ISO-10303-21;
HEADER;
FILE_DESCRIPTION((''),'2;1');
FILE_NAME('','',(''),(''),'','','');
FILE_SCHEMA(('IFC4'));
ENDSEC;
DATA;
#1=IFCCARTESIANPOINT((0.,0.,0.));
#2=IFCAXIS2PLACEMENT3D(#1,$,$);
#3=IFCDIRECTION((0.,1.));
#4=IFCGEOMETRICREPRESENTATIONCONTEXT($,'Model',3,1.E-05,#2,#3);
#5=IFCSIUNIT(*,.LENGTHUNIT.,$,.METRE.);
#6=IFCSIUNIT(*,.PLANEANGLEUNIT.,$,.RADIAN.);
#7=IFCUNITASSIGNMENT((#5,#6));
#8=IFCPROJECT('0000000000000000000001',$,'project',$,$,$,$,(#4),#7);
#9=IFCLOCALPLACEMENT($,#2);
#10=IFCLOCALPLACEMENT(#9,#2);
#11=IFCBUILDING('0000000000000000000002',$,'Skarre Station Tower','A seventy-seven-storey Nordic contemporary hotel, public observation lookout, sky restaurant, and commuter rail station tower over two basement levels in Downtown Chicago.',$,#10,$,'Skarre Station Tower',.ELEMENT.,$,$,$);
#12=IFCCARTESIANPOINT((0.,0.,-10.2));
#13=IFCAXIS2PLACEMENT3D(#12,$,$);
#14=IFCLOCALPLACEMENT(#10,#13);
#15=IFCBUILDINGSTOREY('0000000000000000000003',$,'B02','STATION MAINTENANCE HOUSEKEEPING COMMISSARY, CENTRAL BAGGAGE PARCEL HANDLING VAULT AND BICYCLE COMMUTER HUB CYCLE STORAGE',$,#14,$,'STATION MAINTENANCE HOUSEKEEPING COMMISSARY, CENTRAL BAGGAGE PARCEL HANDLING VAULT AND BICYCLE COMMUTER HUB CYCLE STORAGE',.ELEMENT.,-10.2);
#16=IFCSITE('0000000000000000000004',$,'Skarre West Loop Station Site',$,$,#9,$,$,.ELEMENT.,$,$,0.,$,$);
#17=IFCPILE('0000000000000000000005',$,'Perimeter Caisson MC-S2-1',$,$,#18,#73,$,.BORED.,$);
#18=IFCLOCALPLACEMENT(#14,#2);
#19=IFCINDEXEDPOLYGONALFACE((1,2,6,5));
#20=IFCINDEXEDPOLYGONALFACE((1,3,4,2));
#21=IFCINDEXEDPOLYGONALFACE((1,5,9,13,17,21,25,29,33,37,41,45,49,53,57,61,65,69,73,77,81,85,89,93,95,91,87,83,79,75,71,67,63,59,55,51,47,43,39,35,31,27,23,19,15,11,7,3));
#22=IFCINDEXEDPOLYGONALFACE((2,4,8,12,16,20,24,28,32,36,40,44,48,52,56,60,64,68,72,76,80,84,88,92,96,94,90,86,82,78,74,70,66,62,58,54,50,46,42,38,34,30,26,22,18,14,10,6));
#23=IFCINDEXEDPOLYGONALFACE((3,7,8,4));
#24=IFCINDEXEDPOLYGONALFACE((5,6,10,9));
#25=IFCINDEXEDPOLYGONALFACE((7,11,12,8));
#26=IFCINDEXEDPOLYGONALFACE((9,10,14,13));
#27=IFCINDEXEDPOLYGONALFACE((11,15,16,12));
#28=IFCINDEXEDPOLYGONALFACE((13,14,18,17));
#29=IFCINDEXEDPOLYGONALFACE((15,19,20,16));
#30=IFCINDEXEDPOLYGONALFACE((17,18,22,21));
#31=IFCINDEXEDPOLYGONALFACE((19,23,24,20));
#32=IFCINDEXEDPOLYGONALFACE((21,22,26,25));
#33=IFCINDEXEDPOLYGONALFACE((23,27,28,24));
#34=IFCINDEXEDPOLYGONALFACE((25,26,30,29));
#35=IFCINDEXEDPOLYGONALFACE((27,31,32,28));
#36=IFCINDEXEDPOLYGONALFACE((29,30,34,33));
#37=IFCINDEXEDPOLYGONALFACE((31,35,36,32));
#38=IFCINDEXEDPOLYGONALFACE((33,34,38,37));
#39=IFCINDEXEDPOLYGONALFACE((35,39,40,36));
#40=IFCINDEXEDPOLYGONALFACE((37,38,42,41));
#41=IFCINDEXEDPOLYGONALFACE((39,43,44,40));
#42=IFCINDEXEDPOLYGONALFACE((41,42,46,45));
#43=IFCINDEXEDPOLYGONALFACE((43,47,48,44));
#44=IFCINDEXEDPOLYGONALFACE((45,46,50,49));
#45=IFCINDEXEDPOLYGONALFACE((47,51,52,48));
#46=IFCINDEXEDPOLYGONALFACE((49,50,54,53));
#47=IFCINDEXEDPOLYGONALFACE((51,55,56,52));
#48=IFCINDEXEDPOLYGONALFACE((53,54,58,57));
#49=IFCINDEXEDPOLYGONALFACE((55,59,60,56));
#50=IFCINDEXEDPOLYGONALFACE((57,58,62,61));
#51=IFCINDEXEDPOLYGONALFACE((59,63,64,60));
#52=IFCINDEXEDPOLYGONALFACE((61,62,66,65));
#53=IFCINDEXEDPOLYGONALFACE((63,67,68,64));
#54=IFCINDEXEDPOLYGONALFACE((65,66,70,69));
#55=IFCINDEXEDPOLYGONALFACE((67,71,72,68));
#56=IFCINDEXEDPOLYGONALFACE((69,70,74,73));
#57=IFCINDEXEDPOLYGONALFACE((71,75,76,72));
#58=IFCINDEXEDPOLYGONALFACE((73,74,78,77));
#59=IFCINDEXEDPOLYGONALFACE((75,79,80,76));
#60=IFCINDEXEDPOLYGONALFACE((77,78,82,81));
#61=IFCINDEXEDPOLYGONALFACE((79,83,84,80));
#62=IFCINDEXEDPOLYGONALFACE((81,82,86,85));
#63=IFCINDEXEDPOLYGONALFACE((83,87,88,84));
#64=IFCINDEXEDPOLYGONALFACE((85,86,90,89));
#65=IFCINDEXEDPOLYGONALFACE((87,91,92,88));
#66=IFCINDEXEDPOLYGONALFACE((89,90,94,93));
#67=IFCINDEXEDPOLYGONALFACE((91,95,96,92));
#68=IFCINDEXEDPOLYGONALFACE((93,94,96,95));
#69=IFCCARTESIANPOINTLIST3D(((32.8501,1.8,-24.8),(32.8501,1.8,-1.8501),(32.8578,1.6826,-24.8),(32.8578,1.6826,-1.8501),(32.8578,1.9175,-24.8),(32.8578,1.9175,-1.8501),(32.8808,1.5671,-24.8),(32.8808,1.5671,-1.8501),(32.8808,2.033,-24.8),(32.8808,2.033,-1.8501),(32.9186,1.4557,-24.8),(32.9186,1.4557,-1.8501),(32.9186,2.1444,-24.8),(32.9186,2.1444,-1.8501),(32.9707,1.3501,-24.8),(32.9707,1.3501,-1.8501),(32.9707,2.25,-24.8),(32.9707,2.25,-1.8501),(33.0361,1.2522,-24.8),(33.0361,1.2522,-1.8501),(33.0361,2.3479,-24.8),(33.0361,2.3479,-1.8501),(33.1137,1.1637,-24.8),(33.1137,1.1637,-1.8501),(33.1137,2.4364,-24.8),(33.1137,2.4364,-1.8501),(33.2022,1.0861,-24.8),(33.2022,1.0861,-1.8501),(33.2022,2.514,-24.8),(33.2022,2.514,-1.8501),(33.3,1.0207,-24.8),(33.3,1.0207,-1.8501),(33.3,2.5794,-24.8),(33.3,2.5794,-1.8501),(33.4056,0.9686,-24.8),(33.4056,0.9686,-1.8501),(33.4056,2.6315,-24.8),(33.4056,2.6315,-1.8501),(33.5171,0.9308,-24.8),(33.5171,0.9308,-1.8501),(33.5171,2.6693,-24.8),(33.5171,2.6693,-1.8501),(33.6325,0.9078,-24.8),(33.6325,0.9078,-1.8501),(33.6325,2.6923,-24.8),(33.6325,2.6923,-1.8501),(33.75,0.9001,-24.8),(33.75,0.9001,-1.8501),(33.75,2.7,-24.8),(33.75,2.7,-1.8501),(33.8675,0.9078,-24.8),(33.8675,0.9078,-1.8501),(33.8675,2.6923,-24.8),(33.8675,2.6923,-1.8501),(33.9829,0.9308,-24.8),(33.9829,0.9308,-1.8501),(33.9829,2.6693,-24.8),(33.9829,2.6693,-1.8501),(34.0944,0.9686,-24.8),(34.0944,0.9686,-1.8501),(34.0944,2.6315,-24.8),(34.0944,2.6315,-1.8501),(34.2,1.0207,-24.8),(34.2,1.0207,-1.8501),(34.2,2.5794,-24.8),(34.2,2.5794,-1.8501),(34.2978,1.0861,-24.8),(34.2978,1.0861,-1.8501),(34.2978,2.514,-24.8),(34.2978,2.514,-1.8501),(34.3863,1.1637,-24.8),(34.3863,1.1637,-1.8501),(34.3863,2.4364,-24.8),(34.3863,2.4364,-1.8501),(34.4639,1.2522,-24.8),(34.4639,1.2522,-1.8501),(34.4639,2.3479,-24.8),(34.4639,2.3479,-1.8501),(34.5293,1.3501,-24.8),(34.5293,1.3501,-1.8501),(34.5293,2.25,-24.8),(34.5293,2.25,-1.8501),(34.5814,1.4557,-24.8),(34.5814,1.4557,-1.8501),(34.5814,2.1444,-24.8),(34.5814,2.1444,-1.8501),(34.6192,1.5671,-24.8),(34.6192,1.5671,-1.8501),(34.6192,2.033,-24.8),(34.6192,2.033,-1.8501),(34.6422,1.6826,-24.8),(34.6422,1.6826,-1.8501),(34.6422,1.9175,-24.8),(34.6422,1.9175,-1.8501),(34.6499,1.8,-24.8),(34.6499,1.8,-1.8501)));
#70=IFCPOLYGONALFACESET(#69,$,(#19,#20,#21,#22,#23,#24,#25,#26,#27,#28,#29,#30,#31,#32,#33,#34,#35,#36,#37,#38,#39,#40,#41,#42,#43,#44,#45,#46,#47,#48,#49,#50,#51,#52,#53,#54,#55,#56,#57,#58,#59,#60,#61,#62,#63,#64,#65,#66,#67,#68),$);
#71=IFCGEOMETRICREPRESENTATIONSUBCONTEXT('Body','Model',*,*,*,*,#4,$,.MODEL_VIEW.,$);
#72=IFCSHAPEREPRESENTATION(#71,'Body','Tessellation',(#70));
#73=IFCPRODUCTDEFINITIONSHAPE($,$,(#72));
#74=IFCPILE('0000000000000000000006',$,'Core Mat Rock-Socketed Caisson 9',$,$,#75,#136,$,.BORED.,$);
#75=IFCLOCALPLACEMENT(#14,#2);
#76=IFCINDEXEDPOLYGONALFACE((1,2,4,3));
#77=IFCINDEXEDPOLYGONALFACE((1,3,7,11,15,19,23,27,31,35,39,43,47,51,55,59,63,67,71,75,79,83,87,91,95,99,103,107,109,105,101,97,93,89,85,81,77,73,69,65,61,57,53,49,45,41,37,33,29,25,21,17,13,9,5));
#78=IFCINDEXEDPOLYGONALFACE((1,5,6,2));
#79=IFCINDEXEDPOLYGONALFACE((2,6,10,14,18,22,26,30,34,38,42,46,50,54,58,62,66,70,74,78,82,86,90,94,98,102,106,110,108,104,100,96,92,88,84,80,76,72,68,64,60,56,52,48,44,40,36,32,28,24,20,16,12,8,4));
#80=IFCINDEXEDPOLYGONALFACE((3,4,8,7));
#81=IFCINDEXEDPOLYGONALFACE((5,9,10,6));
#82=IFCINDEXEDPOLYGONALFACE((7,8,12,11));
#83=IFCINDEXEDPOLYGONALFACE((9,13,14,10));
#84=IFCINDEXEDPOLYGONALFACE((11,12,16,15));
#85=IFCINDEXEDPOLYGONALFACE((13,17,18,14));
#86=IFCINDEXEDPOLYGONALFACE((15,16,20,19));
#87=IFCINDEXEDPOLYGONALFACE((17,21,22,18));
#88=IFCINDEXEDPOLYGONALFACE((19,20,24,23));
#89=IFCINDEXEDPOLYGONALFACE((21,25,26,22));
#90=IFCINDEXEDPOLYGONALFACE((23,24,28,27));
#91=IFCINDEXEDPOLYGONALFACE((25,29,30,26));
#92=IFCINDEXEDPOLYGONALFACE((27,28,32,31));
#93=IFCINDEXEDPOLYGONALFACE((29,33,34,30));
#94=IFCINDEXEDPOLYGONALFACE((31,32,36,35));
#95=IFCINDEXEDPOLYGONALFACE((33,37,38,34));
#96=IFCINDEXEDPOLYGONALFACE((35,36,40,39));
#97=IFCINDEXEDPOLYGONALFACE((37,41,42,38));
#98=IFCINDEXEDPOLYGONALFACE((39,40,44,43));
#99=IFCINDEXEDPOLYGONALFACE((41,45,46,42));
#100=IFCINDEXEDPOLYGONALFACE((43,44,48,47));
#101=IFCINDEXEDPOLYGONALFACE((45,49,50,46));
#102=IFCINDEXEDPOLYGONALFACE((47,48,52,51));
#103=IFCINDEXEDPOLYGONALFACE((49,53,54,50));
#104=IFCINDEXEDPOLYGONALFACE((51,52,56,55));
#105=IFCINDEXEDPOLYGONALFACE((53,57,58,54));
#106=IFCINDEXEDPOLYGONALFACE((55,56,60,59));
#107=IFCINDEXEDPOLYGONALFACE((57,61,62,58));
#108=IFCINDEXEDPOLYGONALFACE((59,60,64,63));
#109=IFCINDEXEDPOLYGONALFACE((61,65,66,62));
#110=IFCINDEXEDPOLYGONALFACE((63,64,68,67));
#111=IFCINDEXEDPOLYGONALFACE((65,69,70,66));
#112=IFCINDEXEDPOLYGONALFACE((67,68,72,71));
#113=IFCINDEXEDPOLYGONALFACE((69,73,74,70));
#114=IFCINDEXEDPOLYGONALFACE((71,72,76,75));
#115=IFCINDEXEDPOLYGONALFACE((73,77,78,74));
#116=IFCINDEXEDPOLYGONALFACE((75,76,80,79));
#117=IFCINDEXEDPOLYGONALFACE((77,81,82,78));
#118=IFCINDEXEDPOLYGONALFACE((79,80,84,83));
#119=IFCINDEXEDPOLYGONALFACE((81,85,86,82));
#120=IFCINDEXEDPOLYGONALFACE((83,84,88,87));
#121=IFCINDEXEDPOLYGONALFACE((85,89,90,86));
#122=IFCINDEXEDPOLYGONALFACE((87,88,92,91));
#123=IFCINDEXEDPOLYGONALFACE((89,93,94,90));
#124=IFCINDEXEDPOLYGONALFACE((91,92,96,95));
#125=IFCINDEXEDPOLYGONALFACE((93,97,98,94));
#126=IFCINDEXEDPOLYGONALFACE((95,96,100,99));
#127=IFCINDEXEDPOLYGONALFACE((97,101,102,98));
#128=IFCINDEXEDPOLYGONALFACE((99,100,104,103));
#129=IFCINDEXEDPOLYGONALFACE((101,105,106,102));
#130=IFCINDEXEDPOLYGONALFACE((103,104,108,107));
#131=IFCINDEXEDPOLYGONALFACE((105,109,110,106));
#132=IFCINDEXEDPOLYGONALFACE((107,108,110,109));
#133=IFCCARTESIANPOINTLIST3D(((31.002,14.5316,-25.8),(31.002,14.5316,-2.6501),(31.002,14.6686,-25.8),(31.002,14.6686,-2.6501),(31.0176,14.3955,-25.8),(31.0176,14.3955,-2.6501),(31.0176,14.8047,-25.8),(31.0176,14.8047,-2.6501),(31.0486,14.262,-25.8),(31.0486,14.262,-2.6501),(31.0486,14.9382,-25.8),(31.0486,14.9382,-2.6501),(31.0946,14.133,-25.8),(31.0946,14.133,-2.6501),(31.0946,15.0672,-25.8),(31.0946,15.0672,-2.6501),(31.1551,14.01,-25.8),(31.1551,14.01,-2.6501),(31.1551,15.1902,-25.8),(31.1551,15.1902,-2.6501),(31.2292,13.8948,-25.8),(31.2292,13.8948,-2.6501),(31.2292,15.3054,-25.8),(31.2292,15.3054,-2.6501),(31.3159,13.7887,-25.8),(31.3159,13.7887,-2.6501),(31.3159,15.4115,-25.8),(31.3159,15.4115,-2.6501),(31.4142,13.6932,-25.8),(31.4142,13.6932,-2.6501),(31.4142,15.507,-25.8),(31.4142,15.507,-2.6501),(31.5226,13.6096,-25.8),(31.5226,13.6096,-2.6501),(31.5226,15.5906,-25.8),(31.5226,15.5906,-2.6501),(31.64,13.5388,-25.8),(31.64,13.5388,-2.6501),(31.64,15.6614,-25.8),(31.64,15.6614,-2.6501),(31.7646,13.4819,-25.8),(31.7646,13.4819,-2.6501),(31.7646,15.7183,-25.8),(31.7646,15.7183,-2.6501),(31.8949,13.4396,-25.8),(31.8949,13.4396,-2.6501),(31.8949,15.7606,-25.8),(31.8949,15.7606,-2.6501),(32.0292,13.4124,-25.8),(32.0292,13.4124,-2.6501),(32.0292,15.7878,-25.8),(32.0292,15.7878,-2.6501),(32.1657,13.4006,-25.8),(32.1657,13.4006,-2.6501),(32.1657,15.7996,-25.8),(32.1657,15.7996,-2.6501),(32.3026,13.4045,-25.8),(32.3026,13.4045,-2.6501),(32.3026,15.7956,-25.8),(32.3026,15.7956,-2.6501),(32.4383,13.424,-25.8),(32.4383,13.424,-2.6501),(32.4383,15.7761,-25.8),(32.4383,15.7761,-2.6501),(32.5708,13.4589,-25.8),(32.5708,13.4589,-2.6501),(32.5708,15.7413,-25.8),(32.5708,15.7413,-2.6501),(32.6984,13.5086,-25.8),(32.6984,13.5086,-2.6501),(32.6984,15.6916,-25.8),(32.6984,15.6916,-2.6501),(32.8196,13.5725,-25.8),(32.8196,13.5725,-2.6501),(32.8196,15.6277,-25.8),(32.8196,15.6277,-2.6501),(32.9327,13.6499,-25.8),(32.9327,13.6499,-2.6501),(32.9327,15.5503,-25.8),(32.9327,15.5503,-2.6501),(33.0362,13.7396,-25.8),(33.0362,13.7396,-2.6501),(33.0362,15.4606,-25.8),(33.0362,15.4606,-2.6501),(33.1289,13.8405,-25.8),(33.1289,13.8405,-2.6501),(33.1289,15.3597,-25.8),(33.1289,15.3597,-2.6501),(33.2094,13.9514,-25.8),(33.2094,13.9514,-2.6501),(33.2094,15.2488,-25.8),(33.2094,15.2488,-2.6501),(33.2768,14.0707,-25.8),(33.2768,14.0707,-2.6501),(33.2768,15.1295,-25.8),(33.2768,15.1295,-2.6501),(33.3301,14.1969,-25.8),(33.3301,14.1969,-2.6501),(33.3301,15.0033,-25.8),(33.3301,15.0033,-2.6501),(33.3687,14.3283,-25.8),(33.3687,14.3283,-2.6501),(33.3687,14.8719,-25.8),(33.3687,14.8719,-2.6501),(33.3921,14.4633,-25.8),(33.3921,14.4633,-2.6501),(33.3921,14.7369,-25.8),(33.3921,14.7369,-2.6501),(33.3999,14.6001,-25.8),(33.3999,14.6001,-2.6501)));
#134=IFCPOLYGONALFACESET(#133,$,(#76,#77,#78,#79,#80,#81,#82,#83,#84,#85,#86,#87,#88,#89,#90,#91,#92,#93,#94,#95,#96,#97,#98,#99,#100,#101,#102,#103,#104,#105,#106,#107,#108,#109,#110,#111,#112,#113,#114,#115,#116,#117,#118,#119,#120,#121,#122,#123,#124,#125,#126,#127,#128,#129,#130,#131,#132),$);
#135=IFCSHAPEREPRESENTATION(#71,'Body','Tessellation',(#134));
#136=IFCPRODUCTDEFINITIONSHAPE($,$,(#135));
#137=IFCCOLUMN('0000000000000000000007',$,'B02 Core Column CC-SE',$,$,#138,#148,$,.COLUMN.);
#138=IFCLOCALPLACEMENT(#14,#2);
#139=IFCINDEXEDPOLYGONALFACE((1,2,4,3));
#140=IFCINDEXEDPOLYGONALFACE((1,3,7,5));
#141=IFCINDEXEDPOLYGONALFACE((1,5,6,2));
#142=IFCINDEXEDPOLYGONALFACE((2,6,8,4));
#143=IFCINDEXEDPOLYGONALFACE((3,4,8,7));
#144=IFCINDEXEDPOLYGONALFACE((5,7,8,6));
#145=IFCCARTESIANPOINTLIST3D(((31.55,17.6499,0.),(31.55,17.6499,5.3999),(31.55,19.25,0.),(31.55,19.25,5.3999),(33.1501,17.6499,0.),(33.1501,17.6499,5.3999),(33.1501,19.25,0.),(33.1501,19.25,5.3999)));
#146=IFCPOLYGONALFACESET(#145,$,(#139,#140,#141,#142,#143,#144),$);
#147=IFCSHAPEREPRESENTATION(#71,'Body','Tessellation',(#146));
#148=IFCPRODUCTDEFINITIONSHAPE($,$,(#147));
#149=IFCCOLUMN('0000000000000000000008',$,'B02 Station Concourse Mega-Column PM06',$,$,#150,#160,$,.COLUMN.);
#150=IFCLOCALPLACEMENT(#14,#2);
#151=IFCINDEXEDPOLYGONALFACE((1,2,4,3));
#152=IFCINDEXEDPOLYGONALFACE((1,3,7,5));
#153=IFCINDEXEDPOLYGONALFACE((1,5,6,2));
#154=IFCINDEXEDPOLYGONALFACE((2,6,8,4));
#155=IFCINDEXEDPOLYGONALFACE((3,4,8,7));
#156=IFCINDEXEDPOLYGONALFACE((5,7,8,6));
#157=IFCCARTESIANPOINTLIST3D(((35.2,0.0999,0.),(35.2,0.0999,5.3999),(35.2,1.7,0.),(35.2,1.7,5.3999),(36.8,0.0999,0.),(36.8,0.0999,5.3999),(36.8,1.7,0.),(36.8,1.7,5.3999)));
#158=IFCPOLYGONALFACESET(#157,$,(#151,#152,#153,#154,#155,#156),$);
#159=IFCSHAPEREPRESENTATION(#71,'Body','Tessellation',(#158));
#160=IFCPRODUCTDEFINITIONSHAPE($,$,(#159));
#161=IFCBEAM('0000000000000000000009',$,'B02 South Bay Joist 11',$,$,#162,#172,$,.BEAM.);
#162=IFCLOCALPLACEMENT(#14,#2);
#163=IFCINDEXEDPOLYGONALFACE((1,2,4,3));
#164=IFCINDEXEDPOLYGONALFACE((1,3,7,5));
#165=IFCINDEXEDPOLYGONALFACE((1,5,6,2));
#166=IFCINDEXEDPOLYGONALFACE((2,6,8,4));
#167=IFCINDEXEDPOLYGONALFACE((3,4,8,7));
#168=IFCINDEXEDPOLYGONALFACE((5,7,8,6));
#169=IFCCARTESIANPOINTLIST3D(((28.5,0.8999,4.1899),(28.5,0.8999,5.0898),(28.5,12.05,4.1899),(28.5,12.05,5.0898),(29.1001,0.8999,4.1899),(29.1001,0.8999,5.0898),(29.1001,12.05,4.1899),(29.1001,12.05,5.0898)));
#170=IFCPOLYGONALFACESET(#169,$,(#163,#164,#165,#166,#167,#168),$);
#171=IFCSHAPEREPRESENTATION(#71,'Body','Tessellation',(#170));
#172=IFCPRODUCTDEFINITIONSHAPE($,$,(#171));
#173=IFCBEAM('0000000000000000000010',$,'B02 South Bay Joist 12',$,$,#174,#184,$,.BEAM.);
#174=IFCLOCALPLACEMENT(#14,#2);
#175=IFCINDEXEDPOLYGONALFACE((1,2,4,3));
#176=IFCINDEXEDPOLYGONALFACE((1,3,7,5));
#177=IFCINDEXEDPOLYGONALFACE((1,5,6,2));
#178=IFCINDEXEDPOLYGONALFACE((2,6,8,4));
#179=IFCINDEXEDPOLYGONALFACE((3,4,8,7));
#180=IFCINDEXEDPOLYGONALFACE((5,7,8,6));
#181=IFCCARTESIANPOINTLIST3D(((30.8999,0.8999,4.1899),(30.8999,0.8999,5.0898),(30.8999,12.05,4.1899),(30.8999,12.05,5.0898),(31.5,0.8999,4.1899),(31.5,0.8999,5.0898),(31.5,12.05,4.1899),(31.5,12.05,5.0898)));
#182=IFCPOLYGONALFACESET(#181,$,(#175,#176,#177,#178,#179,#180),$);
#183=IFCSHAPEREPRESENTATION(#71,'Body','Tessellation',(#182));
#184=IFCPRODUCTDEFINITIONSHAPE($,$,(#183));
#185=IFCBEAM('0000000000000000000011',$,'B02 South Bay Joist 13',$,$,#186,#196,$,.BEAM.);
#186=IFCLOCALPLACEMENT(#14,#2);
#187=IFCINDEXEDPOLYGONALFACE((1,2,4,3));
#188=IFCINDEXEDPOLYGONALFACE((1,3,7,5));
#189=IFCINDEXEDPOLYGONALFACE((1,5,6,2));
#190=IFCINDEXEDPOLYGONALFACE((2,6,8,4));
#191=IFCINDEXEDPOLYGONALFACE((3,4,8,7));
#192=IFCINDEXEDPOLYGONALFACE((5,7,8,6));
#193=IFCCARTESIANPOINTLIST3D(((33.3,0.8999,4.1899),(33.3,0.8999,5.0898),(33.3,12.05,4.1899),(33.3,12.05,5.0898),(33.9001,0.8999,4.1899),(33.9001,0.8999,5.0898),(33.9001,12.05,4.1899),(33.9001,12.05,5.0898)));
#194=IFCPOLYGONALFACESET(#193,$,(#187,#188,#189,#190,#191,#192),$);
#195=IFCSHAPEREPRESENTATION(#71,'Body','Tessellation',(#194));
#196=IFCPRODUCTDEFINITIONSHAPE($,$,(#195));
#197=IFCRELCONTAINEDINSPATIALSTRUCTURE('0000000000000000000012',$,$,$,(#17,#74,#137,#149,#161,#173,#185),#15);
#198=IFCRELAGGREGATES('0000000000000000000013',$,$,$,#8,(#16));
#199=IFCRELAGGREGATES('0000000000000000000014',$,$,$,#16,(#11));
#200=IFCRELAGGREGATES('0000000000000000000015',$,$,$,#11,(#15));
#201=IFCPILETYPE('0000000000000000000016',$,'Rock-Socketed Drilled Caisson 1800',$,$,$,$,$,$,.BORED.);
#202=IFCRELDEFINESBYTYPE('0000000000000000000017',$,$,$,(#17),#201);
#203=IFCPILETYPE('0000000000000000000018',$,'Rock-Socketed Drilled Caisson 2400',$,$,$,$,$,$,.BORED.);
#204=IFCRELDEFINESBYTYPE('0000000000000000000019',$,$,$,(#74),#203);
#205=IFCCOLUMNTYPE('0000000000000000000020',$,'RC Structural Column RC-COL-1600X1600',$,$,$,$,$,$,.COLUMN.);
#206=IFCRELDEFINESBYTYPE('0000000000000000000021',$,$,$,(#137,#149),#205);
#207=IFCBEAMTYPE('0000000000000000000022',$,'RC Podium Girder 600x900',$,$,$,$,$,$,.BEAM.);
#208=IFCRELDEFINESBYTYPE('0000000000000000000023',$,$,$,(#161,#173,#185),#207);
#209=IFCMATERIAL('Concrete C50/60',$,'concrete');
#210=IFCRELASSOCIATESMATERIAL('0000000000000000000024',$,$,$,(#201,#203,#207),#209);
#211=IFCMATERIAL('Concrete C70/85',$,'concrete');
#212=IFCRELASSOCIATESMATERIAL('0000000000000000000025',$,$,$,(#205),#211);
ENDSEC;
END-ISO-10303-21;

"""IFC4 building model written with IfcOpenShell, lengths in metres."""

from ifc_helpers import new_model, si_unit, direction, frame, origin, origin_2d, place, context, subcontext, project, spatial, rectangle, circle, extrude, material, material_profile, profile_set, type_object, element, save


model = new_model("IFC4")

# Units and contexts
model_context = context("Model", 3, precision=1e-05, world=origin(), true_north=direction((0.0, 1.0)))
body_context = subcontext(model_context, "Body", "Model", "MODEL_VIEW")
ifc_project = project(units=[si_unit("LENGTHUNIT", "METRE"), si_unit("PLANEANGLEUNIT", "RADIAN")], contexts=[model_context])

# Site, building, storey
site_placement = place(None, origin())
site = spatial("IfcSite", under=ifc_project, at=site_placement, Name="Skarre West Loop Station Site", CompositionType="ELEMENT", RefElevation=0.0)
building_placement = place(site_placement, origin())
building = spatial("IfcBuilding", under=site, at=building_placement, Name="Skarre Station Tower", Description="A seventy-seven-storey Nordic contemporary hotel, public observation lookout, sky restaurant, and commuter rail station tower over two basement levels in Downtown Chicago.", LongName="Skarre Station Tower", CompositionType="ELEMENT")
storey_placement = place(building_placement, frame((0.0, 0.0, -10.2)))
storey = spatial("IfcBuildingStorey", under=building, at=storey_placement, Name="B02", Description="STATION MAINTENANCE HOUSEKEEPING COMMISSARY, CENTRAL BAGGAGE PARCEL HANDLING VAULT AND BICYCLE COMMUTER HUB CYCLE STORAGE", LongName="STATION MAINTENANCE HOUSEKEEPING COMMISSARY, CENTRAL BAGGAGE PARCEL HANDLING VAULT AND BICYCLE COMMUTER HUB CYCLE STORAGE", CompositionType="ELEMENT", Elevation=-10.2)

# Piles
ifc_material_1 = material(Name="Concrete C50/60", Category="concrete")
ifc_material_profile_1 = material_profile(ifc_material_1, circle(Radius=0.8999, at=origin_2d()), Name="Concrete C50/60")
ifc_profile_set_1 = profile_set([ifc_material_profile_1], Name="Concrete C50/60")
pile_type_1 = type_object("IfcPileType", Name="Rock-Socketed Drilled Caisson 1800", PredefinedType="BORED", material=ifc_profile_set_1)
pile_1_placement = place(storey_placement, frame((33.75, 1.8, -1.8501), z_axis=(0.0, 0.0, -1.0), x_axis=(1.0, 0.0, 0.0)))
element("IfcPile", 1, at=pile_1_placement, inside=storey, type_object=pile_type_1, Name="Perimeter Caisson MC-S2-1", PredefinedType="BORED", context=body_context, shape_type="SweptSolid", body=[
    extrude(circle(Radius=0.8999, at=origin_2d()), origin(), (0.0, 0.0, 1.0), 22.95),
])
ifc_material_profile_2 = material_profile(ifc_material_1, circle(Radius=1.2, at=origin_2d()), Name="Concrete C50/60")
ifc_profile_set_2 = profile_set([ifc_material_profile_2], Name="Concrete C50/60")
pile_type_2 = type_object("IfcPileType", Name="Rock-Socketed Drilled Caisson 2400", PredefinedType="BORED", material=ifc_profile_set_2)
pile_2_placement = place(storey_placement, frame((32.2, 14.6001, -2.6501), z_axis=(0.0, 0.0, -1.0), x_axis=(1.0, 0.0, 0.0)))
element("IfcPile", 2, at=pile_2_placement, inside=storey, type_object=pile_type_2, Name="Core Mat Rock-Socketed Caisson 9", PredefinedType="BORED", context=body_context, shape_type="SweptSolid", body=[
    extrude(circle(Radius=1.2, at=origin_2d()), origin(), (0.0, 0.0, 1.0), 23.1499),
])

# Columns
ifc_material_2 = material(Name="Concrete C70/85", Category="concrete")
ifc_material_profile_3 = material_profile(ifc_material_2, rectangle(XDim=1.6001, YDim=1.6001, at=origin_2d()), Name="Concrete C70/85")
ifc_profile_set_3 = profile_set([ifc_material_profile_3], Name="Concrete C70/85")
column_type = type_object("IfcColumnType", Name="RC Structural Column RC-COL-1600X1600", PredefinedType="COLUMN", material=ifc_profile_set_3)
for number, where, z_axis, x_axis, name in (
    (3, (32.3501, 18.45, 0.0), (0.0, 0.0, 1.0), (1.0, 0.0, 0.0), "B02 Core Column CC-SE"),
    (4, (36.0, 0.8999, 0.0), (0.0, 0.0, 1.0), (1.0, 0.0, 0.0), "B02 Station Concourse Mega-Column PM06"),
):
    element("IfcColumn", number, at=place(storey_placement, frame(where, z_axis=z_axis, x_axis=x_axis)), inside=storey, type_object=column_type, Name=name, PredefinedType="COLUMN", context=body_context, shape_type="SweptSolid", body=[
        extrude(rectangle(XDim=1.6001, YDim=1.6001, at=origin_2d()), origin(), (0.0, 0.0, 1.0), 5.3999),
    ])

# Beams
ifc_material_profile_4 = material_profile(ifc_material_1, rectangle(XDim=0.6001, YDim=0.8999, at=origin_2d()), Name="Concrete C50/60")
ifc_profile_set_4 = profile_set([ifc_material_profile_4], Name="Concrete C50/60")
beam_type_1 = type_object("IfcBeamType", Name="RC Podium Girder 600x900", PredefinedType="BEAM", material=ifc_profile_set_4)
for number, where, z_axis, x_axis, name in (
    (5, (28.8, 0.8999, 4.6399), (0.0, 1.0, 0.0), (-1.0, 0.0, 0.0), "B02 South Bay Joist 11"),
    (6, (31.2, 0.8999, 4.6399), (0.0, 1.0, 0.0), (-1.0, 0.0, 0.0), "B02 South Bay Joist 12"),
    (7, (33.6001, 0.8999, 4.6399), (0.0, 1.0, 0.0), (-1.0, 0.0, 0.0), "B02 South Bay Joist 13"),
):
    element("IfcBeam", number, at=place(storey_placement, frame(where, z_axis=z_axis, x_axis=x_axis)), inside=storey, type_object=beam_type_1, Name=name, PredefinedType="BEAM", context=body_context, shape_type="SweptSolid", body=[
        extrude(rectangle(XDim=0.6001, YDim=0.8999, at=origin_2d()), origin(), (0.0, 0.0, 1.0), 11.1501),
    ])

save(model, "model.ifc")
